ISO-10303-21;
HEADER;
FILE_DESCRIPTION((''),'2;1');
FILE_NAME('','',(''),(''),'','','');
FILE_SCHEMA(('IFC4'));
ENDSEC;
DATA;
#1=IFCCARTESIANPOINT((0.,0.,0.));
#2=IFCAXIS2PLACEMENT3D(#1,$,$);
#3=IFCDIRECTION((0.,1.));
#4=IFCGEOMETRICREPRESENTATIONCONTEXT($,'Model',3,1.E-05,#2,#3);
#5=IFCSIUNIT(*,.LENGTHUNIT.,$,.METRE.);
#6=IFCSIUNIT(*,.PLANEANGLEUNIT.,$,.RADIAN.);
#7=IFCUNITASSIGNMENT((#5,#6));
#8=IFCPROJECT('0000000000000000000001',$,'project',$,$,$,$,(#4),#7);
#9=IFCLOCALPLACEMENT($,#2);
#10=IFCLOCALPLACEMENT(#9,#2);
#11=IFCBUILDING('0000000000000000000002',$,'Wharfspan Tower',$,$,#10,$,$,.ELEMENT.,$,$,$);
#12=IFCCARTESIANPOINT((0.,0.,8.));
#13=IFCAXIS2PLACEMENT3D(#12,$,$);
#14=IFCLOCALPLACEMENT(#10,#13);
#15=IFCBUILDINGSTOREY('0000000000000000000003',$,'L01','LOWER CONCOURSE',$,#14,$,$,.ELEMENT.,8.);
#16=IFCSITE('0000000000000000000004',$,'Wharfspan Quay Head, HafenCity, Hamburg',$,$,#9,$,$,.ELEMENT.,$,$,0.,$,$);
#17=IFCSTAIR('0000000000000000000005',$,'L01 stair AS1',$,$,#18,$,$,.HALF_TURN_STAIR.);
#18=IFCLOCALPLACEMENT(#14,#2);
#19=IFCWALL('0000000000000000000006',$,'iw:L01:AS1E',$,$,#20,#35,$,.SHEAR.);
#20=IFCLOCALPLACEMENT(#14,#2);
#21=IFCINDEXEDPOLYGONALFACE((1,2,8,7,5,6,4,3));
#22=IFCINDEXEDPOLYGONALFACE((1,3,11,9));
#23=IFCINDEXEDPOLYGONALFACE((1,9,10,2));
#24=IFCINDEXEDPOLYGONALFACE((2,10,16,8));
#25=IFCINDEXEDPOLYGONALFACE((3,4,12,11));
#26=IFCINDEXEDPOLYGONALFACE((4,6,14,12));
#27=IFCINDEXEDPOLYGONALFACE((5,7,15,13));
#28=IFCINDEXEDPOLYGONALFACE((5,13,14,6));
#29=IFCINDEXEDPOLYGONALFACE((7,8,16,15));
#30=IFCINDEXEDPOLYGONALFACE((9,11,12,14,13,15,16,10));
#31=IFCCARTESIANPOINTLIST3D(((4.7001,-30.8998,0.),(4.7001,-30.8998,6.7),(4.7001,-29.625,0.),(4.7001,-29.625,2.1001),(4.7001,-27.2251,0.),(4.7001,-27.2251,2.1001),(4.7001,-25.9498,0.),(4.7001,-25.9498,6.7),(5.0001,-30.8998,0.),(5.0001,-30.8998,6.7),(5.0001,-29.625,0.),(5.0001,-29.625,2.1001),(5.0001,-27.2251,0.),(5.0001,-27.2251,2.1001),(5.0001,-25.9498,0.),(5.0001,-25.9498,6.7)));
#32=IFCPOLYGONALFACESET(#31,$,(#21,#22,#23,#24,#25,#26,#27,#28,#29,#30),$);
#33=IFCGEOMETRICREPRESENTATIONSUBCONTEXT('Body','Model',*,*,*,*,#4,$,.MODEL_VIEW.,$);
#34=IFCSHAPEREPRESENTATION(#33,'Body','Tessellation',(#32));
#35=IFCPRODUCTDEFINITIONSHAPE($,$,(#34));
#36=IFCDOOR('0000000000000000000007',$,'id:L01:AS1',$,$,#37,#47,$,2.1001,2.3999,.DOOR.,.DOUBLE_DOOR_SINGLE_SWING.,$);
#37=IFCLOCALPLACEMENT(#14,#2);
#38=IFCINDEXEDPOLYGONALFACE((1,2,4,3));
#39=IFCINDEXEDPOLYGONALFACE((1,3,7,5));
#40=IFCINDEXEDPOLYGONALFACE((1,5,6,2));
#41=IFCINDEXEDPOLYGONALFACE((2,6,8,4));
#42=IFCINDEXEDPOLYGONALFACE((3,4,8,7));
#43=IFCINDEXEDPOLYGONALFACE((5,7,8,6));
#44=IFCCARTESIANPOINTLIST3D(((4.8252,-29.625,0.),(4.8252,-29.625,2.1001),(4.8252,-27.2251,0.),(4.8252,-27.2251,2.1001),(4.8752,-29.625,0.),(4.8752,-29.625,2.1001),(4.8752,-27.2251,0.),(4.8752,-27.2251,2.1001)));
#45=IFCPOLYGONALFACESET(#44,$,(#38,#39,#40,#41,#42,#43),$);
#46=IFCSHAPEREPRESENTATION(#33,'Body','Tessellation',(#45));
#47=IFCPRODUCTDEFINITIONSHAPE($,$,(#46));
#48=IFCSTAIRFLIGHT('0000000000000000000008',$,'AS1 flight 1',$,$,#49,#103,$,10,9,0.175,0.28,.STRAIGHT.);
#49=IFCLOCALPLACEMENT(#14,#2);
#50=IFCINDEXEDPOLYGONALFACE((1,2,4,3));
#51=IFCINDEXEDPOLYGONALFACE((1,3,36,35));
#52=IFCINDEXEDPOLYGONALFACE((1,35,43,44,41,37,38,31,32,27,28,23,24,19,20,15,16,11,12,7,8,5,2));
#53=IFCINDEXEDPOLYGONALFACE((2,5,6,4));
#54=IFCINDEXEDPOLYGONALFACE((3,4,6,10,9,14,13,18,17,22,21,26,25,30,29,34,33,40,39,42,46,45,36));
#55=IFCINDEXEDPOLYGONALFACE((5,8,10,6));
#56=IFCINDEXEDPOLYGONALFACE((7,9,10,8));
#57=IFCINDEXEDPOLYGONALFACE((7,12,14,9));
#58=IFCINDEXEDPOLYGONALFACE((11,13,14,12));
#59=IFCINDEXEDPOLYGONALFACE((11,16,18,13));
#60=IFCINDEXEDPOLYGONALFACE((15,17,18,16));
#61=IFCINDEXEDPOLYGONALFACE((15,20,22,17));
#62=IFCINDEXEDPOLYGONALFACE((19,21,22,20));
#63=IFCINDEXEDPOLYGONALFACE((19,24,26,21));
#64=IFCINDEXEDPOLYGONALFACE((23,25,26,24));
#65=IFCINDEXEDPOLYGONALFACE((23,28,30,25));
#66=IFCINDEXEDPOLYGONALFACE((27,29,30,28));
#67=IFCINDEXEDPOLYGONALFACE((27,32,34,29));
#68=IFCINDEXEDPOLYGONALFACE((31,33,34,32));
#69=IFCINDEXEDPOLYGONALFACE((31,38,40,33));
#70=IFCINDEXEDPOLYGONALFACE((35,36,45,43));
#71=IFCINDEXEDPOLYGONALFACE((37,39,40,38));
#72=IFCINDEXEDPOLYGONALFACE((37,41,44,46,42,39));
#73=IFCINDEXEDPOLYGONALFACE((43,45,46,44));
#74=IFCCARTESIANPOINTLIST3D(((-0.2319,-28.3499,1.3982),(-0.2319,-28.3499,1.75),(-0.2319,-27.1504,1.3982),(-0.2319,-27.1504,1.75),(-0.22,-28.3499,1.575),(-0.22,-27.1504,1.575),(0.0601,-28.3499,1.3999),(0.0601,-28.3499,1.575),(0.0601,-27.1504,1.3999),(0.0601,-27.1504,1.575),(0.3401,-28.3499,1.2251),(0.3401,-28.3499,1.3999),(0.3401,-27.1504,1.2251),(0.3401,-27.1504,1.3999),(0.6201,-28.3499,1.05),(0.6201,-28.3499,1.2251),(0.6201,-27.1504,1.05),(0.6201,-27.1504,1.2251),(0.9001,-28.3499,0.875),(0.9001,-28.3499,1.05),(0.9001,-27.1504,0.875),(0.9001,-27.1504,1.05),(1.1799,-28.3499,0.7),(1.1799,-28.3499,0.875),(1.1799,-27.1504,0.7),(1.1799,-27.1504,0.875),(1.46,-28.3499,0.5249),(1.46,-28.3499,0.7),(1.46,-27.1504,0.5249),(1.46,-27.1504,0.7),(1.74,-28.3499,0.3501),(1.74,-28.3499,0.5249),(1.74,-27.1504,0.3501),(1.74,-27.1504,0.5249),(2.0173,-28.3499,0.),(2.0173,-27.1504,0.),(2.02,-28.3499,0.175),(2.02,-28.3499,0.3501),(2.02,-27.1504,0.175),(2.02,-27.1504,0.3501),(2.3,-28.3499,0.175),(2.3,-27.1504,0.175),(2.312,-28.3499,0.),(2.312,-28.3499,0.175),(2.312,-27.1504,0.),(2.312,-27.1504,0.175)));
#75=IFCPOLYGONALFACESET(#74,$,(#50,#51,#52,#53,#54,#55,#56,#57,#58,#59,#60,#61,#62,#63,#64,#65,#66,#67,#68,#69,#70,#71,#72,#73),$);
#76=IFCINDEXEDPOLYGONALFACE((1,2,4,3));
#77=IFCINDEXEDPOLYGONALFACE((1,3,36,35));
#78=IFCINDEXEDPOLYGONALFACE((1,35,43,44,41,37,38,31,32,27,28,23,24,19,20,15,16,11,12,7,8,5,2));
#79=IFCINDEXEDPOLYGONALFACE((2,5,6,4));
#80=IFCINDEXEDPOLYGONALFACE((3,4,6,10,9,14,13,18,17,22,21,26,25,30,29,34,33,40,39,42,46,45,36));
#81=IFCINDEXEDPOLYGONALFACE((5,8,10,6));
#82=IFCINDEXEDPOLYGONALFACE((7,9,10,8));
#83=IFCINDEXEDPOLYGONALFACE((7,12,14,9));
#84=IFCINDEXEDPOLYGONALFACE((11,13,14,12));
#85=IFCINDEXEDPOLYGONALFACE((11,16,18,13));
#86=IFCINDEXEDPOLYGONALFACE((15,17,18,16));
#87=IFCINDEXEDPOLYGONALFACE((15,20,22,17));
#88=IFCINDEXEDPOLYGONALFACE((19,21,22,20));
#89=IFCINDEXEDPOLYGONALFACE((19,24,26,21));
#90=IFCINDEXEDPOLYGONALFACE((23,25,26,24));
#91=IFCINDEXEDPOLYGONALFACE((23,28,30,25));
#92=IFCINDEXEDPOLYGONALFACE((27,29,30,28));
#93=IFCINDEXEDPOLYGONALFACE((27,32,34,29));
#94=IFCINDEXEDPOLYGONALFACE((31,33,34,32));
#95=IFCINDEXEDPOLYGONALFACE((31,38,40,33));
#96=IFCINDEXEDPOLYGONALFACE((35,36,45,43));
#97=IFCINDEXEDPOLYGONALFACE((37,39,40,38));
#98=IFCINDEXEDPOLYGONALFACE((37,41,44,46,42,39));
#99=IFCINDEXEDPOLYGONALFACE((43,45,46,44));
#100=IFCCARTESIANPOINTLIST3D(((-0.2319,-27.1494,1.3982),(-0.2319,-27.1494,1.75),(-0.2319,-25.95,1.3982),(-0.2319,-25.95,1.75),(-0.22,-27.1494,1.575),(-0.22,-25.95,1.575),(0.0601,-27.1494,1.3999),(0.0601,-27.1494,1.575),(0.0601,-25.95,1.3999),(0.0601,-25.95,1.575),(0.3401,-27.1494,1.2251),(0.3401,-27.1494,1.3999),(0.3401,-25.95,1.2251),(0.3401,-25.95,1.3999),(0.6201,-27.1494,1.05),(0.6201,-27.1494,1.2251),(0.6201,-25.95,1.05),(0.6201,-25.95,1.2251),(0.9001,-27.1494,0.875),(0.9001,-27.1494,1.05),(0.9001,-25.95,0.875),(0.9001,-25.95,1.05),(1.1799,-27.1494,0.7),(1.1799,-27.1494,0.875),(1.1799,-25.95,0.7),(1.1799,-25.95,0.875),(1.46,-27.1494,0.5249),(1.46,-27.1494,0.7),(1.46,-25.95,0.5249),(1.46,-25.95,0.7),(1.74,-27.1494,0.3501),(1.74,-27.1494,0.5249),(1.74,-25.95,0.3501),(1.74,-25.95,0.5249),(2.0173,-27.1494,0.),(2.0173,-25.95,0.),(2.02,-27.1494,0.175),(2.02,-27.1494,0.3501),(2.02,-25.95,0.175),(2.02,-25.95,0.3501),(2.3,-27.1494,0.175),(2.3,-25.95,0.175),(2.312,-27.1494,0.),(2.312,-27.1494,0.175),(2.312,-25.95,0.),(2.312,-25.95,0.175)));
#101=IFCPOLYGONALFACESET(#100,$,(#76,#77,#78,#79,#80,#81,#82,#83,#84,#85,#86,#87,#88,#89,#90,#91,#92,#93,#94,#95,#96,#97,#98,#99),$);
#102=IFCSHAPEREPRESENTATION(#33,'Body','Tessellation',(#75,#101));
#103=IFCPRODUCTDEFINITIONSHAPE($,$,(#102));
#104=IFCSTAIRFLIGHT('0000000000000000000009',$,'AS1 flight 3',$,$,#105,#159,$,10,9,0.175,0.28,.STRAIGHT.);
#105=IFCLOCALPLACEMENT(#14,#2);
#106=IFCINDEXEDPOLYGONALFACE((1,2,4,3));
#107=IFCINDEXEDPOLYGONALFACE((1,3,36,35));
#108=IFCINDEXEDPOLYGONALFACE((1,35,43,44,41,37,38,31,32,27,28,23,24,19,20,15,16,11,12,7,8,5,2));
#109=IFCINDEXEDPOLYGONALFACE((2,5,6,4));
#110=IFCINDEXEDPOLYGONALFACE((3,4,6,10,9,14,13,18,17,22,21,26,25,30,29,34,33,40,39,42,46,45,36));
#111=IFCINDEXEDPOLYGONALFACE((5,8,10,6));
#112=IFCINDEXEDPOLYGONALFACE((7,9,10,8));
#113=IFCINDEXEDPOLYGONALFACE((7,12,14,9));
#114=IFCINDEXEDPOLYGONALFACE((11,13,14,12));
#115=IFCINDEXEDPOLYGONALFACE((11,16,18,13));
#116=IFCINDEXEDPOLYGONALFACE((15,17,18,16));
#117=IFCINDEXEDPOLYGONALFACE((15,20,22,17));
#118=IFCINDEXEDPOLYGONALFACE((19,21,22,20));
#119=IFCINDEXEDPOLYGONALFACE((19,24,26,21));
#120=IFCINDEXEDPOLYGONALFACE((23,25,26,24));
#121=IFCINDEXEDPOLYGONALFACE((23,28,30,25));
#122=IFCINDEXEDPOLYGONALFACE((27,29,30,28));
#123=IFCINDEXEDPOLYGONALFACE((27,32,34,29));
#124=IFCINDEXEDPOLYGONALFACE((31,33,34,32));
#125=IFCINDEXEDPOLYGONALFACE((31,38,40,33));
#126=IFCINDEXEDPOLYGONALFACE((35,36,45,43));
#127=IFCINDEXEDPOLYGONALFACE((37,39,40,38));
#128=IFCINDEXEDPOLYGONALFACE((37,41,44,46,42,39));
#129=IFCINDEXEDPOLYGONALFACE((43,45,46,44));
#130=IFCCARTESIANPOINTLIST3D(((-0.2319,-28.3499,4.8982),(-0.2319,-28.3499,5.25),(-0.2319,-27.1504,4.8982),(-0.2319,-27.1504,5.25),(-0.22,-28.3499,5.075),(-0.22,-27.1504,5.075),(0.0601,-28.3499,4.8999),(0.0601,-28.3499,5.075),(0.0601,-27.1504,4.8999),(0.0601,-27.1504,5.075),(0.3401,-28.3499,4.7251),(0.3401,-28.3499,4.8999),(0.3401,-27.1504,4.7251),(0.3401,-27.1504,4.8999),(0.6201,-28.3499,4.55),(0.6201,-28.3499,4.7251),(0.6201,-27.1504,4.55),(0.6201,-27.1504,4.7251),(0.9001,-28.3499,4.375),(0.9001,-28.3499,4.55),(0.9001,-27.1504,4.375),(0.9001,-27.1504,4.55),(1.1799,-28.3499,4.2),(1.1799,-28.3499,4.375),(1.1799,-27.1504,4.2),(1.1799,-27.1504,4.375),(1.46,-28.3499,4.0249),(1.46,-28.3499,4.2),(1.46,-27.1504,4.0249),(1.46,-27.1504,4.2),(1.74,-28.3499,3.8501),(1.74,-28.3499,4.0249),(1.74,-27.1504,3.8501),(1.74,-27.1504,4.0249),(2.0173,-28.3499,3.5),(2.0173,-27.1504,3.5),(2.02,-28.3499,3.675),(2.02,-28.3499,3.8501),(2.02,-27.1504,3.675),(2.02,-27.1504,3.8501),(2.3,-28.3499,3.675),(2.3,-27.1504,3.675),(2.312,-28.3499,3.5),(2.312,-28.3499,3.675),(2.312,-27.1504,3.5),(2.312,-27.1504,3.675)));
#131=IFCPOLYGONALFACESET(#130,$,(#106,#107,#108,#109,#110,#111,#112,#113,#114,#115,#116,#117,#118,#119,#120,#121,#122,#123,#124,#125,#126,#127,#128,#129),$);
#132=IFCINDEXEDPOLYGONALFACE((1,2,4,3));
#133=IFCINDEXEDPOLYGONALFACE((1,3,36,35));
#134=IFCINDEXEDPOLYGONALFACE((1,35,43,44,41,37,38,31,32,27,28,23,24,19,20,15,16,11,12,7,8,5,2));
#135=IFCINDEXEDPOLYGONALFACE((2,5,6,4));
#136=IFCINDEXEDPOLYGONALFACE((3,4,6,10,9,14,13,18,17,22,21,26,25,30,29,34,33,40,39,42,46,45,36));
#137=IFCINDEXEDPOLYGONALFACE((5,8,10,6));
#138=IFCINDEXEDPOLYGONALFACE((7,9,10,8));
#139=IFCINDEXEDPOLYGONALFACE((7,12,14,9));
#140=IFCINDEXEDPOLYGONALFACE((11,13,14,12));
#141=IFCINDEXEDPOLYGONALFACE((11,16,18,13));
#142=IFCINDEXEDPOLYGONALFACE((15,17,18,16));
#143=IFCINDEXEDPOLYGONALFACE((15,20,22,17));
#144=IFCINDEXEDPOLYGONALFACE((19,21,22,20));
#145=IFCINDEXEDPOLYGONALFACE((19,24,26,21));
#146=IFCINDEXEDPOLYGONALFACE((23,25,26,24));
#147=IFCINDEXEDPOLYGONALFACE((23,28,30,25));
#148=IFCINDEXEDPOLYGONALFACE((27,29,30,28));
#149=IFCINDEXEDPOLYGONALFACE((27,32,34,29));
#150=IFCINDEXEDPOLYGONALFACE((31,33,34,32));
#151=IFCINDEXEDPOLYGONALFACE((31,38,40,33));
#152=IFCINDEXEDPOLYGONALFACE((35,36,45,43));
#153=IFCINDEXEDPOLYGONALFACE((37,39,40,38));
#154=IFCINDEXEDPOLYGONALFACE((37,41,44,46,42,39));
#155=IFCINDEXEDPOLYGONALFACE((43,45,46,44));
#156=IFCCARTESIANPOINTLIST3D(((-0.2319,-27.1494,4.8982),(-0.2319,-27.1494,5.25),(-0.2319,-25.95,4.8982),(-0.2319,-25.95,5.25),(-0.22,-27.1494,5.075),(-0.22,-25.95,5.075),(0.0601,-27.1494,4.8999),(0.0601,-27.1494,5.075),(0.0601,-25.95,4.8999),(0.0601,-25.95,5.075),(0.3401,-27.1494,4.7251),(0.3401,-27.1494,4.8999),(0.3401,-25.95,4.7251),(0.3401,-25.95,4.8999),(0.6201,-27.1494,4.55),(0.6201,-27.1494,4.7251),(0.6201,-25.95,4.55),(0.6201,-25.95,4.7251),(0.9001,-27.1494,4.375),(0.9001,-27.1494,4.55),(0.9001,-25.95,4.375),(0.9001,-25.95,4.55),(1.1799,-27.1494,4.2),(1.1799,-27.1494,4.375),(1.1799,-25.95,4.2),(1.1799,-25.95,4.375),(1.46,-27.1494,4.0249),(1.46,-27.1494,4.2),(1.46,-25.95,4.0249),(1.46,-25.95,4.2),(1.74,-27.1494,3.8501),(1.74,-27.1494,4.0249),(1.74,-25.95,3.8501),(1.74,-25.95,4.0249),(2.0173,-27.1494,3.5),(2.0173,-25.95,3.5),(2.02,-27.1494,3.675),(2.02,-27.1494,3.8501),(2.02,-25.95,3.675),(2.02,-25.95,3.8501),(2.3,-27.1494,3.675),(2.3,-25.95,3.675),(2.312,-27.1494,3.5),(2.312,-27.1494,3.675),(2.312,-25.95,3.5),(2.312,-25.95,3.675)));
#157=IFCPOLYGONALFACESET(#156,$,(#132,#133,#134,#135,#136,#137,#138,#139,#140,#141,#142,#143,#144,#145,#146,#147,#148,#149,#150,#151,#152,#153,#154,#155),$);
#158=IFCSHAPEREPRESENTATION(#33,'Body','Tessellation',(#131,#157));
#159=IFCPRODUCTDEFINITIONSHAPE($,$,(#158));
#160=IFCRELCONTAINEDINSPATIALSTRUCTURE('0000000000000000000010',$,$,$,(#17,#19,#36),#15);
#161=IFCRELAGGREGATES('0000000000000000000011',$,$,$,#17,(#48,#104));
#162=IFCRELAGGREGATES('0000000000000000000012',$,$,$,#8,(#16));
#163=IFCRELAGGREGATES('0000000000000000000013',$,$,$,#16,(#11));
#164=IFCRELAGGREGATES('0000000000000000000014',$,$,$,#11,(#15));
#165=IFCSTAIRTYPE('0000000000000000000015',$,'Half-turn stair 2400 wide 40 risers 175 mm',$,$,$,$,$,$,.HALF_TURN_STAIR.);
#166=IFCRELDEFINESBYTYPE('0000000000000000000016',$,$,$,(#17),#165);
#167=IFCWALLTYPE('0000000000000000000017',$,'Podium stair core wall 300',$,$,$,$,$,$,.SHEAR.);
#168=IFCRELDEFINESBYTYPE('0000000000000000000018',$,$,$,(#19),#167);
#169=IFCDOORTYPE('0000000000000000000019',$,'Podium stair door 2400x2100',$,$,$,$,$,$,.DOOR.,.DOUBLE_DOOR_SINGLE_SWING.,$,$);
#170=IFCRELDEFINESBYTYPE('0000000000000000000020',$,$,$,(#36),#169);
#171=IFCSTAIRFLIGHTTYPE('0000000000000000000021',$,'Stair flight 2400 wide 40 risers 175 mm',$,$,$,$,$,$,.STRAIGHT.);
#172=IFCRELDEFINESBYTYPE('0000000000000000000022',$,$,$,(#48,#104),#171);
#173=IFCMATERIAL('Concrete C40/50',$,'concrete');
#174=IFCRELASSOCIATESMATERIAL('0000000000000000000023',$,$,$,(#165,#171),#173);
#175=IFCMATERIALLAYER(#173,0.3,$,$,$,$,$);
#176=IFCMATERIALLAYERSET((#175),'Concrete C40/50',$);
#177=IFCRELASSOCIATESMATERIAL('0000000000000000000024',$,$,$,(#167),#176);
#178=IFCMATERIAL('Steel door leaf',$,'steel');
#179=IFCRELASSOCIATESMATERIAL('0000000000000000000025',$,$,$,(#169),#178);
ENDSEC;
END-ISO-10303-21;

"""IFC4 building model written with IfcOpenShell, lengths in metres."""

from ifc_helpers import new_model, si_unit, direction, frame, frame_2d, origin, place, context, subcontext, project, spatial, polyline, rectangle, outline, extrude, material, layer, layer_set, type_object, element, fill, aggregate, save


model = new_model("IFC4")

# Units and contexts
model_context = context("Model", 3, precision=1e-05, world=origin(), true_north=direction((0.0, 1.0)))
body_context = subcontext(model_context, "Body", "Model", "MODEL_VIEW")
ifc_project = project(units=[si_unit("LENGTHUNIT", "METRE"), si_unit("PLANEANGLEUNIT", "RADIAN")], contexts=[model_context])

# Site, building, storey
site_placement = place(None, origin())
site = spatial("IfcSite", under=ifc_project, at=site_placement, Name="Wharfspan Quay Head, HafenCity, Hamburg", CompositionType="ELEMENT", RefElevation=0.0)
building_placement = place(site_placement, origin())
building = spatial("IfcBuilding", under=site, at=building_placement, Name="Wharfspan Tower", CompositionType="ELEMENT")
storey_placement = place(building_placement, frame((0.0, 0.0, 8.0)))
storey = spatial("IfcBuildingStorey", under=building, at=storey_placement, Name="L01", Description="LOWER CONCOURSE", CompositionType="ELEMENT", Elevation=8.0)

# Stair
ifc_material_1 = material(Name="Concrete C40/50", Category="concrete")
stair_type_1 = type_object("IfcStairType", Name="Half-turn stair 2400 wide 40 risers 175 mm", PredefinedType="HALF_TURN_STAIR", material=ifc_material_1)
stair_1_placement = place(storey_placement, origin())
stair_1 = element("IfcStair", 1, at=stair_1_placement, inside=storey, type_object=stair_type_1, Name="L01 stair AS1", PredefinedType="HALF_TURN_STAIR")

# Wall, opening, door
ifc_layer_1 = layer(ifc_material_1, 0.3)
ifc_layer_set_1 = layer_set([ifc_layer_1], Name="Concrete C40/50")
wall_type = type_object("IfcWallType", Name="Podium stair core wall 300", PredefinedType="SHEAR", material=ifc_layer_set_1)
wall_placement = place(storey_placement, frame((4.8501, -30.8999, 0.0), z_axis=(0.0, 0.0, 1.0), x_axis=(0.0, 1.0, 0.0)))
wall = element("IfcWall", 2, at=wall_placement, inside=storey, type_object=wall_type, Name="iw:L01:AS1E", PredefinedType="SHEAR", context=body_context, shape_type="SweptSolid", body=[
    extrude(rectangle(XDim=4.95, YDim=0.3, at=frame_2d((2.4751, 0.0))), origin(), (0.0, 0.0, 1.0), 6.7),
])
opening_placement = place(wall_placement, frame((1.2749, 0.0, 0.0)))
opening = element("IfcOpeningElement", 3, at=opening_placement, cuts=wall, PredefinedType="OPENING", context=body_context, shape_type="SweptSolid", body=[
    extrude(rectangle(XDim=2.3999, YDim=2.1001, at=frame_2d((1.2, 1.05))), frame((0.0, 0.1599, 0.0), z_axis=(0.0, -1.0, 0.0), x_axis=(1.0, 0.0, 0.0)), (0.0, 0.0, 1.0), 0.3201),
])
ifc_material_2 = material(Name="Steel door leaf", Category="steel")
door_type = type_object("IfcDoorType", Name="Podium stair door 2400x2100", OperationType="DOUBLE_DOOR_SINGLE_SWING", PredefinedType="DOOR", material=ifc_material_2)
door_placement = place(opening_placement, origin())
door = element("IfcDoor", 4, at=door_placement, inside=storey, type_object=door_type, Name="id:L01:AS1", OperationType="DOUBLE_DOOR_SINGLE_SWING", OverallHeight=2.1001, OverallWidth=2.3999, PredefinedType="DOOR", context=body_context, shape_type="SweptSolid", body=[
    extrude(rectangle(XDim=2.3999, YDim=2.1001, at=frame_2d((1.2, 1.05))), frame((0.0, 0.0249, 0.0), z_axis=(0.0, -1.0, 0.0), x_axis=(1.0, 0.0, 0.0)), (0.0, 0.0, 1.0), 0.05),
])
fill(opening, door)

# Stair flights
stair_flight_type = type_object("IfcStairFlightType", Name="Stair flight 2400 wide 40 risers 175 mm", PredefinedType="STRAIGHT", material=ifc_material_1)
stair_flight_1_placement = place(storey_placement, frame((2.3, -27.1499, 0.0), z_axis=(0.0, 0.0, 1.0), x_axis=(-1.0, 0.0, 0.0)))
stair_flight_1 = element("IfcStairFlight", 5, at=stair_flight_1_placement, type_object=stair_flight_type, Name="AS1 flight 1", NumberOfRisers=10, NumberOfTreads=9, PredefinedType="STRAIGHT", RiserHeight=0.175, TreadLength=0.28, context=body_context, shape_type="SweptSolid", body=[
    extrude(outline(polyline([(-0.012, 0.0), (-0.012, 0.175), (0.0, 0.175), (0.28, 0.175), (0.28, 0.3501), (0.5601, 0.3501), (0.5601, 0.5249), (0.8401, 0.5249), (0.8401, 0.7), (1.1201, 0.7), (1.1201, 0.875), (1.3999, 0.875), (1.3999, 1.05), (1.6799, 1.05), (1.6799, 1.2251), (1.96, 1.2251), (1.96, 1.3999), (2.24, 1.3999), (2.24, 1.575), (2.52, 1.575), (2.532, 1.75), (2.532, 1.3982), (0.2827, 0.0), (-0.012, 0.0)])), frame((0.0, 1.2, 0.0), z_axis=(0.0, -1.0, 0.0), x_axis=(1.0, 0.0, 0.0)), (0.0, 0.0, 1.0), 1.1995),
    extrude(outline(polyline([(-0.012, 0.0), (-0.012, 0.175), (0.0, 0.175), (0.28, 0.175), (0.28, 0.3501), (0.5601, 0.3501), (0.5601, 0.5249), (0.8401, 0.5249), (0.8401, 0.7), (1.1201, 0.7), (1.1201, 0.875), (1.3999, 0.875), (1.3999, 1.05), (1.6799, 1.05), (1.6799, 1.2251), (1.96, 1.2251), (1.96, 1.3999), (2.24, 1.3999), (2.24, 1.575), (2.52, 1.575), (2.532, 1.75), (2.532, 1.3982), (0.2827, 0.0), (-0.012, 0.0)])), frame((0.0, -0.0005, 0.0), z_axis=(0.0, -1.0, 0.0), x_axis=(1.0, 0.0, 0.0)), (0.0, 0.0, 1.0), 1.1995),
])
stair_flight_2_placement = place(storey_placement, frame((2.3, -27.1499, 3.5), z_axis=(0.0, 0.0, 1.0), x_axis=(-1.0, 0.0, 0.0)))
stair_flight_2 = element("IfcStairFlight", 6, at=stair_flight_2_placement, type_object=stair_flight_type, Name="AS1 flight 3", NumberOfRisers=10, NumberOfTreads=9, PredefinedType="STRAIGHT", RiserHeight=0.175, TreadLength=0.28, context=body_context, shape_type="SweptSolid", body=[
    extrude(outline(polyline([(-0.012, 0.0), (-0.012, 0.175), (0.0, 0.175), (0.28, 0.175), (0.28, 0.3501), (0.5601, 0.3501), (0.5601, 0.5249), (0.8401, 0.5249), (0.8401, 0.7), (1.1201, 0.7), (1.1201, 0.875), (1.3999, 0.875), (1.3999, 1.05), (1.6799, 1.05), (1.6799, 1.2251), (1.96, 1.2251), (1.96, 1.3999), (2.24, 1.3999), (2.24, 1.575), (2.52, 1.575), (2.532, 1.75), (2.532, 1.3982), (0.2827, 0.0), (-0.012, 0.0)])), frame((0.0, 1.2, 0.0), z_axis=(0.0, -1.0, 0.0), x_axis=(1.0, 0.0, 0.0)), (0.0, 0.0, 1.0), 1.1995),
    extrude(outline(polyline([(-0.012, 0.0), (-0.012, 0.175), (0.0, 0.175), (0.28, 0.175), (0.28, 0.3501), (0.5601, 0.3501), (0.5601, 0.5249), (0.8401, 0.5249), (0.8401, 0.7), (1.1201, 0.7), (1.1201, 0.875), (1.3999, 0.875), (1.3999, 1.05), (1.6799, 1.05), (1.6799, 1.2251), (1.96, 1.2251), (1.96, 1.3999), (2.24, 1.3999), (2.24, 1.575), (2.52, 1.575), (2.532, 1.75), (2.532, 1.3982), (0.2827, 0.0), (-0.012, 0.0)])), frame((0.0, -0.0005, 0.0), z_axis=(0.0, -1.0, 0.0), x_axis=(1.0, 0.0, 0.0)), (0.0, 0.0, 1.0), 1.1995),
])
aggregate(stair_1, [stair_flight_1, stair_flight_2])

save(model, "model.ifc")
